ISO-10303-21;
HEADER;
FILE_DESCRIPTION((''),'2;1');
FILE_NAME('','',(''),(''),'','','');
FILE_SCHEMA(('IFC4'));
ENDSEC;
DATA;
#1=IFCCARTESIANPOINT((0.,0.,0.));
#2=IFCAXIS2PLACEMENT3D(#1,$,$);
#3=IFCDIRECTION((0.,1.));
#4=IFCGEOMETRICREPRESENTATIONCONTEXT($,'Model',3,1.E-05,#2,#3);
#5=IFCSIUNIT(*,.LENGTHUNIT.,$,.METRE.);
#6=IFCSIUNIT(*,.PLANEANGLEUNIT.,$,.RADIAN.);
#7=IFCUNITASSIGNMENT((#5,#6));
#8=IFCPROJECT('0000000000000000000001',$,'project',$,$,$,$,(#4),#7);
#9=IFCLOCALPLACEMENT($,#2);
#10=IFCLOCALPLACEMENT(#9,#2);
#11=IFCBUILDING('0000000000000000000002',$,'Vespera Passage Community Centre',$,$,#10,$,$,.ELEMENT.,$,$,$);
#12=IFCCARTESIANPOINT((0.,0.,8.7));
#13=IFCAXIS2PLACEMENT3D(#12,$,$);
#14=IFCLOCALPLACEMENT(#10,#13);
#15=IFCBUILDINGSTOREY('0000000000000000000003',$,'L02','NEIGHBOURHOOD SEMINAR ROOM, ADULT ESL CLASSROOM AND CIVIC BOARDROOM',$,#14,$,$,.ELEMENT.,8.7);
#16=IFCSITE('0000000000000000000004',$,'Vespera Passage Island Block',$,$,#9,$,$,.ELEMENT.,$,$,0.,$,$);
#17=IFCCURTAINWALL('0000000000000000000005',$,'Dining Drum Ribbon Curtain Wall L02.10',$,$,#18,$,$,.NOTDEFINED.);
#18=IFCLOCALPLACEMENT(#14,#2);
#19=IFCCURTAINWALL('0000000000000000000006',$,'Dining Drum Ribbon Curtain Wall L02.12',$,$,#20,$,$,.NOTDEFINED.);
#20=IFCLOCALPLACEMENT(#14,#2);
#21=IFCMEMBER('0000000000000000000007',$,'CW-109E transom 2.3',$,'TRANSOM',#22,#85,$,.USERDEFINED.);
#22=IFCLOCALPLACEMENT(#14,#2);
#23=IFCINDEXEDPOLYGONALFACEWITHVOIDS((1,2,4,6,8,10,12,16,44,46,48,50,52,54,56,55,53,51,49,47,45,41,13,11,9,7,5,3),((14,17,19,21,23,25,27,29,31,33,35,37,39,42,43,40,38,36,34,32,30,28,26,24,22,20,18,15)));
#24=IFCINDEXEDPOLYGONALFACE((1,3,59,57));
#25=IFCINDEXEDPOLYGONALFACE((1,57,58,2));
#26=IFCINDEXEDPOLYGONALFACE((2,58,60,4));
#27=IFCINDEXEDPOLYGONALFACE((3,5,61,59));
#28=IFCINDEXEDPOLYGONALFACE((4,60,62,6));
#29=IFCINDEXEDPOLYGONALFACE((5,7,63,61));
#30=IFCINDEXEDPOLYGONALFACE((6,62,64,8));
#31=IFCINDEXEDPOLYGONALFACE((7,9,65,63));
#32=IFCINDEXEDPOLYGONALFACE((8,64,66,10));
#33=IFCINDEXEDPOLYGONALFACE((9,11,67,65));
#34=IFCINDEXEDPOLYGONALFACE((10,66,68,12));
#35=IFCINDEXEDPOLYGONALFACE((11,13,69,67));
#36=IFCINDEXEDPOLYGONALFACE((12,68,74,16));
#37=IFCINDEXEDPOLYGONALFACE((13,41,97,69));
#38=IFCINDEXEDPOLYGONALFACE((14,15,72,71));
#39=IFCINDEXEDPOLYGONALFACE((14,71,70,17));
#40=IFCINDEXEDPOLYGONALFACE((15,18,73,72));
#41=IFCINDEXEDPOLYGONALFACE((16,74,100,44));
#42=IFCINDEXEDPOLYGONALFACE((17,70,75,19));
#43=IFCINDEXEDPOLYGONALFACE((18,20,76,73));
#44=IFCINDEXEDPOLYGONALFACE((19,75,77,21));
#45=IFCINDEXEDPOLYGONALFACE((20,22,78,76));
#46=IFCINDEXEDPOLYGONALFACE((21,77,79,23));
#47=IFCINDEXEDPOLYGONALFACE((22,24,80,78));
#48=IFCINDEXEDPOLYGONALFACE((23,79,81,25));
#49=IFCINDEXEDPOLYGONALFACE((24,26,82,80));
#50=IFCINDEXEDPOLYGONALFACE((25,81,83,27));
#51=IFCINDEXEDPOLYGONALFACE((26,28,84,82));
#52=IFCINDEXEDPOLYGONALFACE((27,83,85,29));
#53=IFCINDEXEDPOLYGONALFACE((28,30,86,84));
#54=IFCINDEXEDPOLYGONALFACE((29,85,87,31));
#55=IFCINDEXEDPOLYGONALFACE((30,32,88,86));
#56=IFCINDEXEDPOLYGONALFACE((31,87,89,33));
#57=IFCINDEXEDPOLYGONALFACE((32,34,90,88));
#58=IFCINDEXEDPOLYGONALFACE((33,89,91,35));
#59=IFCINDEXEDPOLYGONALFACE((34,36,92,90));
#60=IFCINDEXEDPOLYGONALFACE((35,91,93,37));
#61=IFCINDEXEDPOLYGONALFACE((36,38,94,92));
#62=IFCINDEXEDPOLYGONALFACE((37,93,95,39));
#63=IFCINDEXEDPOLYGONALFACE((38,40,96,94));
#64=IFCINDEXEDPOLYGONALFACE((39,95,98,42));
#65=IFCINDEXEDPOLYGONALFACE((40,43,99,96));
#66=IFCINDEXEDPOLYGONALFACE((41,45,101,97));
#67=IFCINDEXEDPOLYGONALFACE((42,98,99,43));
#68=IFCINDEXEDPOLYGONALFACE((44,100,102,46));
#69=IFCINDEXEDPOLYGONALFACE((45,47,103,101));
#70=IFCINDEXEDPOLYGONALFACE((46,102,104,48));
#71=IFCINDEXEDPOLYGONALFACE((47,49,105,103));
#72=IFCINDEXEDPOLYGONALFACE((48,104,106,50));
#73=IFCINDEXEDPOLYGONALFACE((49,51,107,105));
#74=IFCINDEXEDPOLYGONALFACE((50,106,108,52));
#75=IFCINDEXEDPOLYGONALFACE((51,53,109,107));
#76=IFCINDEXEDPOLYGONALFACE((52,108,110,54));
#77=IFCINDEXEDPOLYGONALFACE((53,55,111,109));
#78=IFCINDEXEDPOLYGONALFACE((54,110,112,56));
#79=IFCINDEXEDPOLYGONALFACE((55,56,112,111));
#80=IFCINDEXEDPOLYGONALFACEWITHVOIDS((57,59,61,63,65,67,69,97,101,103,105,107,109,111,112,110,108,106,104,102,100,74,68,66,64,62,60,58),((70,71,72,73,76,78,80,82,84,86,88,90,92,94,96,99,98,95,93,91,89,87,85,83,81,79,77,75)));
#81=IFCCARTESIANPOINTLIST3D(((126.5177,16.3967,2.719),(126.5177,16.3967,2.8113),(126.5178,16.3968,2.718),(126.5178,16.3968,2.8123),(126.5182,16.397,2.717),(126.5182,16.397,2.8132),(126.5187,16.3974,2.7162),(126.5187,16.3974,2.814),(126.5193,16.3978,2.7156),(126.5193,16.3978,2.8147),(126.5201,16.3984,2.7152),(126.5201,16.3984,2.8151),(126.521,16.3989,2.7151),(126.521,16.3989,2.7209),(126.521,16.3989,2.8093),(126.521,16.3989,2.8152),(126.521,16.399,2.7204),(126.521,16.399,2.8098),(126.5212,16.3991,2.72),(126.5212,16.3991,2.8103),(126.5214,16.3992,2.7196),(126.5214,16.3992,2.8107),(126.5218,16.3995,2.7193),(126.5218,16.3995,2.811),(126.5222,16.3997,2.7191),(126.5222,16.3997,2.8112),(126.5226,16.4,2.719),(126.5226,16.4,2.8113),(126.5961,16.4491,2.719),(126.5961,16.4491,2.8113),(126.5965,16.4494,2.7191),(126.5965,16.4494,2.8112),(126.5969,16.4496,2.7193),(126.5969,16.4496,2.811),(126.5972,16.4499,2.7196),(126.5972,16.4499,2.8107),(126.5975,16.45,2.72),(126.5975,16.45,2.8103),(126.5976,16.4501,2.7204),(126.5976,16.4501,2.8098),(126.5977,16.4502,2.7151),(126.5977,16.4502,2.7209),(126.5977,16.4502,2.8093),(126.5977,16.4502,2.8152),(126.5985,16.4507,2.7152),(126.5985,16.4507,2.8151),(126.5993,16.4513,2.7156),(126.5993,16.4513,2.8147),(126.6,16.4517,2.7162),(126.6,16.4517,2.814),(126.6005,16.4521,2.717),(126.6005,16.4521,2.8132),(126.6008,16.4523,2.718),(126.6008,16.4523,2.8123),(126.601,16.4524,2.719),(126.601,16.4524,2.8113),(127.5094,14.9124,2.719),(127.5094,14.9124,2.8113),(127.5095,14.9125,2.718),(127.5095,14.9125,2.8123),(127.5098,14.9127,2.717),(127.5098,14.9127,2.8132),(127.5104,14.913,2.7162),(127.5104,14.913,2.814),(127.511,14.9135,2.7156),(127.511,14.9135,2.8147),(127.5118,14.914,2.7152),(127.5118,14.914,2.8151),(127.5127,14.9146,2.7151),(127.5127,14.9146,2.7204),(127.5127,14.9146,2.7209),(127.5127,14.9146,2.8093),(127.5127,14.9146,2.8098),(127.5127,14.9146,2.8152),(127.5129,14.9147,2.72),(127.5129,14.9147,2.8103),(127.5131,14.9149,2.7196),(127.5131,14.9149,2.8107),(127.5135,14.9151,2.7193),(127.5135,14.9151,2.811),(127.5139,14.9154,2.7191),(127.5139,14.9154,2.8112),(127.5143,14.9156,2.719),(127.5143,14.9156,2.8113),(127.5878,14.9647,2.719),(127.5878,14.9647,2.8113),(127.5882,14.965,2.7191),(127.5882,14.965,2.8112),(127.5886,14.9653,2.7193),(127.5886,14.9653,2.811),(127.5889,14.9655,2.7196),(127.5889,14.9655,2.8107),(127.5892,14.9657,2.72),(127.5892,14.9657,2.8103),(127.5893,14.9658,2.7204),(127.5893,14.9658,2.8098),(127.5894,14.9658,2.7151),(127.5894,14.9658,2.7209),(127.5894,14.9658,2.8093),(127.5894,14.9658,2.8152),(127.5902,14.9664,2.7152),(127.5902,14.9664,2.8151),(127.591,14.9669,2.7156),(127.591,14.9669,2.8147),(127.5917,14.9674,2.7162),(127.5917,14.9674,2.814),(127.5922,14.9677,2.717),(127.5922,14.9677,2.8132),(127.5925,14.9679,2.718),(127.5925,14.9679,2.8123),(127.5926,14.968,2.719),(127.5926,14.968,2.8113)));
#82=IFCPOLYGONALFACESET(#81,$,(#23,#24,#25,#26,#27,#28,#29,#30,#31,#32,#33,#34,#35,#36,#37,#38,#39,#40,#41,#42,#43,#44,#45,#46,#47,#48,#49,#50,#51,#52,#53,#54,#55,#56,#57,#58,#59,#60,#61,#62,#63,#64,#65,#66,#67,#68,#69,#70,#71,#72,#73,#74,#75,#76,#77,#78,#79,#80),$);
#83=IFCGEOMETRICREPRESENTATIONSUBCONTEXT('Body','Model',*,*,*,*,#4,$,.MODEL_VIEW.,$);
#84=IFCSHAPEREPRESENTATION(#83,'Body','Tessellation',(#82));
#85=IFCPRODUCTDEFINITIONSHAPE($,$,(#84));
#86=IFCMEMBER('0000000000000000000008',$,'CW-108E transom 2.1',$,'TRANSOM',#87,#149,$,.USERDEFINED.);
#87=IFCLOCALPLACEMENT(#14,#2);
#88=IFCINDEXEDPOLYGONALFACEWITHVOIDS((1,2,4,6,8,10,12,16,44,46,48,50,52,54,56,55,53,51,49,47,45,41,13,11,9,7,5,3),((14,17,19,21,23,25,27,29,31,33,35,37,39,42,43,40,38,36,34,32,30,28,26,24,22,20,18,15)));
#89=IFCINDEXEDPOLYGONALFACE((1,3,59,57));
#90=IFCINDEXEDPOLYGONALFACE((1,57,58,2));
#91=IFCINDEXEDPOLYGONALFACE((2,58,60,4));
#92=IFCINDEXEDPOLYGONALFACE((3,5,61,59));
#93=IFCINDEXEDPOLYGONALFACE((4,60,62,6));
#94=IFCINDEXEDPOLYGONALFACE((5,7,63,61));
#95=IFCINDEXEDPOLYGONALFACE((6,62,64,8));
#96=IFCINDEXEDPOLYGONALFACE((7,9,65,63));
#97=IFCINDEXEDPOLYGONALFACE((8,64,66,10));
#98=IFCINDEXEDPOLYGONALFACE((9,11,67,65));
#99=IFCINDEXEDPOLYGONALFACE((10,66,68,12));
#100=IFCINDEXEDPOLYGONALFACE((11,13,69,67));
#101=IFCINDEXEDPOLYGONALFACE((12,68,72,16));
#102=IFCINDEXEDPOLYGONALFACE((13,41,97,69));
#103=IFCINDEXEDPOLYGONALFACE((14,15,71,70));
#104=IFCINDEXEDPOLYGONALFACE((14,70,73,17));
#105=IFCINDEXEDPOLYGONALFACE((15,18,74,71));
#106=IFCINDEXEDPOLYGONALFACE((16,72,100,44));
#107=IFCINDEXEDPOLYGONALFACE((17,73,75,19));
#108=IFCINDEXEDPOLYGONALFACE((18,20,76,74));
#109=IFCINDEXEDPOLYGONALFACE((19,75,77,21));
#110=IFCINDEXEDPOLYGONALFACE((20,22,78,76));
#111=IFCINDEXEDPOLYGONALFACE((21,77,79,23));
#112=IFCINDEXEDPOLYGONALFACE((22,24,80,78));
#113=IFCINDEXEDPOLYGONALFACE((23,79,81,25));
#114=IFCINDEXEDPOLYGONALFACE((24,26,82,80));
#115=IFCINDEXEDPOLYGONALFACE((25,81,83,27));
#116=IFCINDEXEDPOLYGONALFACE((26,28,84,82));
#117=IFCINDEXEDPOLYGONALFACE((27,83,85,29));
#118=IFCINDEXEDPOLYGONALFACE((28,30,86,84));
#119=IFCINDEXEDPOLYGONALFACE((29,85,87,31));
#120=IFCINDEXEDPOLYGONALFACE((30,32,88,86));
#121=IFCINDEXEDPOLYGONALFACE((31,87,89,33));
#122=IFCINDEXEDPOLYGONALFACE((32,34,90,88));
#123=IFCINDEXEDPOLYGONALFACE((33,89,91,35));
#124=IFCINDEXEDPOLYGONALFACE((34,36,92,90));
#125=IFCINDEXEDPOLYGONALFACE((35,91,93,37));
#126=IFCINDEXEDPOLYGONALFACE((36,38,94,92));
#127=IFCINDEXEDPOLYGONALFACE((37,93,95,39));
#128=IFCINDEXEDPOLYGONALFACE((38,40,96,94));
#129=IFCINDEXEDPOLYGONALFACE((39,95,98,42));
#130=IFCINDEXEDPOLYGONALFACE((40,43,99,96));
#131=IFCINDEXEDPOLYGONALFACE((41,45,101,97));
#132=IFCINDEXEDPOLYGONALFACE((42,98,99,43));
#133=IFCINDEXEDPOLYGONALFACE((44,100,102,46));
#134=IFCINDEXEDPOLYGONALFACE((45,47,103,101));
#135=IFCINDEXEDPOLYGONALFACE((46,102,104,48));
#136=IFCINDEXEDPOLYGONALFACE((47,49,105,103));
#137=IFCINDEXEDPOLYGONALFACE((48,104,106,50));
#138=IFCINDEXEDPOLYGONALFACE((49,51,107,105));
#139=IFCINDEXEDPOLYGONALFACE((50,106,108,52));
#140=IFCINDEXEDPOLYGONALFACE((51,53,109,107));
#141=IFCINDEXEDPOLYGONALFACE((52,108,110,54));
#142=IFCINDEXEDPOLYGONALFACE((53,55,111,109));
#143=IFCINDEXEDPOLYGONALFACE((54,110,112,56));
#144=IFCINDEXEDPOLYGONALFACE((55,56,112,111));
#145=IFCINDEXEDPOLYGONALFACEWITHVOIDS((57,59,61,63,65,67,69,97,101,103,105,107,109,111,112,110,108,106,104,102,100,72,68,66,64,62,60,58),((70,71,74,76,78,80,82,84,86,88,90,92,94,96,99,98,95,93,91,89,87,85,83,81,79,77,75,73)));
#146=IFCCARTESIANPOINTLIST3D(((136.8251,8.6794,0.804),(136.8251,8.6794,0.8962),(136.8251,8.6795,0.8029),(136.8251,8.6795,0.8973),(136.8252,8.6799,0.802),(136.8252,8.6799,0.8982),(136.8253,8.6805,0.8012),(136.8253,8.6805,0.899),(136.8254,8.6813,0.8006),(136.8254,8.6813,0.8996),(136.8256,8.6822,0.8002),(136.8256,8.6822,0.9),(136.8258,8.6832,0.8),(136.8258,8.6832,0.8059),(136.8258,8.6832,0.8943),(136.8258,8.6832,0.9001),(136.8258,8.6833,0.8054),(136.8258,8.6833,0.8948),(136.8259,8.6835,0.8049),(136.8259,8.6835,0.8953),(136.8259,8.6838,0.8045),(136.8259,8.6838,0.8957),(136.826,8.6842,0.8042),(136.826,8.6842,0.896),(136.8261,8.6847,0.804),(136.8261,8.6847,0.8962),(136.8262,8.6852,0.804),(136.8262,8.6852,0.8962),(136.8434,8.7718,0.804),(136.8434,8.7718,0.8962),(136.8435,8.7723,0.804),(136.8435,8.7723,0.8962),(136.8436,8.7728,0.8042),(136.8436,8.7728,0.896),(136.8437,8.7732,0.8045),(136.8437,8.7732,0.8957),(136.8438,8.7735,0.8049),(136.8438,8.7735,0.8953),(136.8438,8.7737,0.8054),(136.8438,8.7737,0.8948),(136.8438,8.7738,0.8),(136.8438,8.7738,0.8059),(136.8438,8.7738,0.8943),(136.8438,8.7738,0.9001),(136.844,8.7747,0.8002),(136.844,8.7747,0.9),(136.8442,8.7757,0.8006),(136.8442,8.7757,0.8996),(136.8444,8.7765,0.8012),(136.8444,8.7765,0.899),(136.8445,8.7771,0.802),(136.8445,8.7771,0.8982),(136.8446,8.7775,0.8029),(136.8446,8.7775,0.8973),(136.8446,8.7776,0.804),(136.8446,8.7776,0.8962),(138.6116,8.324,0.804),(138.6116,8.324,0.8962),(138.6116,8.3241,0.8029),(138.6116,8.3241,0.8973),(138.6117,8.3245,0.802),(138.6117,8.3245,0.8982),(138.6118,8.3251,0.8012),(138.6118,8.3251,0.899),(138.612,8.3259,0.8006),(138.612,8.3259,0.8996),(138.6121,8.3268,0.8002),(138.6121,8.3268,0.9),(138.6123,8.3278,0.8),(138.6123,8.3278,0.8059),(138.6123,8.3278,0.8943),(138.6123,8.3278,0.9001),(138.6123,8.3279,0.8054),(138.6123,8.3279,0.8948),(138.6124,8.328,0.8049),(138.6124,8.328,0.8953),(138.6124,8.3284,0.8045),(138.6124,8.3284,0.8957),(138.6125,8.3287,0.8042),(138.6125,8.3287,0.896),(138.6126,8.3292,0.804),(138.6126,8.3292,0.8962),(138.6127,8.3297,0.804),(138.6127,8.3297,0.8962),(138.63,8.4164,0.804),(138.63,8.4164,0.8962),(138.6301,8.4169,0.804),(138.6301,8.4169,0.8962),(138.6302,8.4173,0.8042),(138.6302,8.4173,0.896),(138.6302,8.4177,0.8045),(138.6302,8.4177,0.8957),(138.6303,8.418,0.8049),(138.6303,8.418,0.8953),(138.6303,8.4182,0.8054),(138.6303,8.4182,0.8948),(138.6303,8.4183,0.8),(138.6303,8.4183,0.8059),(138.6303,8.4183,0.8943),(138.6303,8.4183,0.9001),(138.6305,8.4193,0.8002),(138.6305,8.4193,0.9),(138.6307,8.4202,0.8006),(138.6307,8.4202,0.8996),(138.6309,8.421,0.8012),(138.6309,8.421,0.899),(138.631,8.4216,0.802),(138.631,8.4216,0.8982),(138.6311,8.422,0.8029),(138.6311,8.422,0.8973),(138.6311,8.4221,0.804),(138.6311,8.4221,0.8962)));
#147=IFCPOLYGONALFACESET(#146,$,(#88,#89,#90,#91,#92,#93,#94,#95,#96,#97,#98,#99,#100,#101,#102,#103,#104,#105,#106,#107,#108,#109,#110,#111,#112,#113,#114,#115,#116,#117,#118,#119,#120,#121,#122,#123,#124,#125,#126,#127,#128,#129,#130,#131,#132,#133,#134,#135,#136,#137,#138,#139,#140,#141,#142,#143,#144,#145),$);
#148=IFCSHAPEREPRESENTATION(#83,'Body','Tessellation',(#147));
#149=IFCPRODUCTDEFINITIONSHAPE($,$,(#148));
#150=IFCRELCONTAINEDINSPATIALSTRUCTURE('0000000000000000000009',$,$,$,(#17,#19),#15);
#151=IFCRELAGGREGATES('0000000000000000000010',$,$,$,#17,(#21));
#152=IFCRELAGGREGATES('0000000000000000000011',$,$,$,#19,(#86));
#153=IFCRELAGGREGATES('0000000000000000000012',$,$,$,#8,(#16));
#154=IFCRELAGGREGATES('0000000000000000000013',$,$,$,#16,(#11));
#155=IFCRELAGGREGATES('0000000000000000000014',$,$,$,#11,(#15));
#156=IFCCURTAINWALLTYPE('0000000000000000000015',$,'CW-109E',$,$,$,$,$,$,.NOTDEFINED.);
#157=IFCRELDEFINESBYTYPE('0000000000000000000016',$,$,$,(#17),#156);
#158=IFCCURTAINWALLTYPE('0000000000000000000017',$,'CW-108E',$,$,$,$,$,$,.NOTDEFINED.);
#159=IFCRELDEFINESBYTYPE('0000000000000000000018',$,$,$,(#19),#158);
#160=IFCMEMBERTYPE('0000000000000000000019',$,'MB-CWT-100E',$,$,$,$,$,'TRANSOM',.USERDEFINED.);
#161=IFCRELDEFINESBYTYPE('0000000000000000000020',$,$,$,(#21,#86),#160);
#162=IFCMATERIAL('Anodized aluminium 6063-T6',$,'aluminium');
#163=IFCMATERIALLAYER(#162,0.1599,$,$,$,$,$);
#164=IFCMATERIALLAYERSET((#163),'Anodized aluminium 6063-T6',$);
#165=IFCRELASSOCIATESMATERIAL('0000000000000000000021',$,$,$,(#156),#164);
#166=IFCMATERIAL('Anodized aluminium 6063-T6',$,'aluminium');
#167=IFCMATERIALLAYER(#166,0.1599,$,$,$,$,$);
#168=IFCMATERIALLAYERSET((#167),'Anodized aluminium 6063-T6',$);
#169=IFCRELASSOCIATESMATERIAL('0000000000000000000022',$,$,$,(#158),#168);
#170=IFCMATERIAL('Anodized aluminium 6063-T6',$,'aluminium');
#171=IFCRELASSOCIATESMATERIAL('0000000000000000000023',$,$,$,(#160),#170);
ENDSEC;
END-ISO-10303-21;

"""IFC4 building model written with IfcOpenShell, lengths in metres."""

from ifc_helpers import new_model, si_unit, direction, frame, origin, origin_2d, place, context, subcontext, project, spatial, hollow_rectangle, extrude, material, layer, layer_set, material_profile, profile_set, type_object, element, aggregate, save


model = new_model("IFC4")

# Units and contexts
model_context = context("Model", 3, precision=1e-05, world=origin(), true_north=direction((0.0, 1.0)))
body_context = subcontext(model_context, "Body", "Model", "MODEL_VIEW")
ifc_project = project(units=[si_unit("LENGTHUNIT", "METRE"), si_unit("PLANEANGLEUNIT", "RADIAN")], contexts=[model_context])

# Site, building, storey
site_placement = place(None, origin())
site = spatial("IfcSite", under=ifc_project, at=site_placement, Name="Vespera Passage Island Block", CompositionType="ELEMENT", RefElevation=0.0)
building_placement = place(site_placement, origin())
building = spatial("IfcBuilding", under=site, at=building_placement, Name="Vespera Passage Community Centre", CompositionType="ELEMENT")
storey_placement = place(building_placement, frame((0.0, 0.0, 8.7)))
storey = spatial("IfcBuildingStorey", under=building, at=storey_placement, Name="L02", Description="NEIGHBOURHOOD SEMINAR ROOM, ADULT ESL CLASSROOM AND CIVIC BOARDROOM", CompositionType="ELEMENT", Elevation=8.7)

# Curtain walls
ifc_material_1 = material(Name="Anodized aluminium 6063-T6", Category="aluminium")
ifc_layer_1 = layer(ifc_material_1, 0.1599)
ifc_layer_set_1 = layer_set([ifc_layer_1], Name="Anodized aluminium 6063-T6")
curtain_wall_type_1 = type_object("IfcCurtainWallType", Name="CW-109E", PredefinedType="NOTDEFINED", material=ifc_layer_set_1)
curtain_wall_1_placement = place(storey_placement, origin())
curtain_wall_1 = element("IfcCurtainWall", 1, at=curtain_wall_1_placement, inside=storey, type_object=curtain_wall_type_1, Name="Dining Drum Ribbon Curtain Wall L02.10", PredefinedType="NOTDEFINED")
ifc_material_2 = material(Name="Anodized aluminium 6063-T6", Category="aluminium")
ifc_layer_2 = layer(ifc_material_2, 0.1599)
ifc_layer_set_2 = layer_set([ifc_layer_2], Name="Anodized aluminium 6063-T6")
curtain_wall_type_2 = type_object("IfcCurtainWallType", Name="CW-108E", PredefinedType="NOTDEFINED", material=ifc_layer_set_2)
curtain_wall_2_placement = place(storey_placement, origin())
curtain_wall_2 = element("IfcCurtainWall", 2, at=curtain_wall_2_placement, inside=storey, type_object=curtain_wall_type_2, Name="Dining Drum Ribbon Curtain Wall L02.12", PredefinedType="NOTDEFINED")

# Members
ifc_material_3 = material(Name="Anodized aluminium 6063-T6", Category="aluminium")
ifc_material_profile_1 = material_profile(ifc_material_3, hollow_rectangle(XDim=0.1001, YDim=0.1001, WallThickness=0.0039, InnerFilletRadius=0.002, OuterFilletRadius=0.0039, at=origin_2d()), Name="ALU100X100X4")
ifc_profile_set_1 = profile_set([ifc_material_profile_1], Name="Anodized aluminium 6063-T6")
member_type_1 = type_object("IfcMemberType", Name="MB-CWT-100E", ElementType="TRANSOM", PredefinedType="USERDEFINED", material=ifc_profile_set_1)
member_1_placement = place(storey_placement, frame((127.551, 14.9402, 2.7651), z_axis=(-0.55552, 0.831503, 0.0), x_axis=(-0.831503, -0.55552, 0.0)))
member_1 = element("IfcMember", 3, at=member_1_placement, type_object=member_type_1, Name="CW-109E transom 2.3", ObjectType="TRANSOM", PredefinedType="USERDEFINED", context=body_context, shape_type="SweptSolid", body=[
    extrude(hollow_rectangle(XDim=0.1001, YDim=0.1001, WallThickness=0.0039, InnerFilletRadius=0.002, OuterFilletRadius=0.0039, at=origin_2d()), origin(), (0.0, 0.0, 1.0), 1.7852),
])
member_2_placement = place(storey_placement, frame((138.6213, 8.373, 0.8501), z_axis=(-0.980776, 0.195137, 0.0), x_axis=(-0.195137, -0.980776, 0.0)))
member_2 = element("IfcMember", 4, at=member_2_placement, type_object=member_type_1, Name="CW-108E transom 2.1", ObjectType="TRANSOM", PredefinedType="USERDEFINED", context=body_context, shape_type="SweptSolid", body=[
    extrude(hollow_rectangle(XDim=0.1001, YDim=0.1001, WallThickness=0.0039, InnerFilletRadius=0.002, OuterFilletRadius=0.0039, at=origin_2d()), origin(), (0.0, 0.0, 1.0), 1.8215),
])

aggregate(curtain_wall_1, [member_1])
aggregate(curtain_wall_2, [member_2])

save(model, "model.ifc")
